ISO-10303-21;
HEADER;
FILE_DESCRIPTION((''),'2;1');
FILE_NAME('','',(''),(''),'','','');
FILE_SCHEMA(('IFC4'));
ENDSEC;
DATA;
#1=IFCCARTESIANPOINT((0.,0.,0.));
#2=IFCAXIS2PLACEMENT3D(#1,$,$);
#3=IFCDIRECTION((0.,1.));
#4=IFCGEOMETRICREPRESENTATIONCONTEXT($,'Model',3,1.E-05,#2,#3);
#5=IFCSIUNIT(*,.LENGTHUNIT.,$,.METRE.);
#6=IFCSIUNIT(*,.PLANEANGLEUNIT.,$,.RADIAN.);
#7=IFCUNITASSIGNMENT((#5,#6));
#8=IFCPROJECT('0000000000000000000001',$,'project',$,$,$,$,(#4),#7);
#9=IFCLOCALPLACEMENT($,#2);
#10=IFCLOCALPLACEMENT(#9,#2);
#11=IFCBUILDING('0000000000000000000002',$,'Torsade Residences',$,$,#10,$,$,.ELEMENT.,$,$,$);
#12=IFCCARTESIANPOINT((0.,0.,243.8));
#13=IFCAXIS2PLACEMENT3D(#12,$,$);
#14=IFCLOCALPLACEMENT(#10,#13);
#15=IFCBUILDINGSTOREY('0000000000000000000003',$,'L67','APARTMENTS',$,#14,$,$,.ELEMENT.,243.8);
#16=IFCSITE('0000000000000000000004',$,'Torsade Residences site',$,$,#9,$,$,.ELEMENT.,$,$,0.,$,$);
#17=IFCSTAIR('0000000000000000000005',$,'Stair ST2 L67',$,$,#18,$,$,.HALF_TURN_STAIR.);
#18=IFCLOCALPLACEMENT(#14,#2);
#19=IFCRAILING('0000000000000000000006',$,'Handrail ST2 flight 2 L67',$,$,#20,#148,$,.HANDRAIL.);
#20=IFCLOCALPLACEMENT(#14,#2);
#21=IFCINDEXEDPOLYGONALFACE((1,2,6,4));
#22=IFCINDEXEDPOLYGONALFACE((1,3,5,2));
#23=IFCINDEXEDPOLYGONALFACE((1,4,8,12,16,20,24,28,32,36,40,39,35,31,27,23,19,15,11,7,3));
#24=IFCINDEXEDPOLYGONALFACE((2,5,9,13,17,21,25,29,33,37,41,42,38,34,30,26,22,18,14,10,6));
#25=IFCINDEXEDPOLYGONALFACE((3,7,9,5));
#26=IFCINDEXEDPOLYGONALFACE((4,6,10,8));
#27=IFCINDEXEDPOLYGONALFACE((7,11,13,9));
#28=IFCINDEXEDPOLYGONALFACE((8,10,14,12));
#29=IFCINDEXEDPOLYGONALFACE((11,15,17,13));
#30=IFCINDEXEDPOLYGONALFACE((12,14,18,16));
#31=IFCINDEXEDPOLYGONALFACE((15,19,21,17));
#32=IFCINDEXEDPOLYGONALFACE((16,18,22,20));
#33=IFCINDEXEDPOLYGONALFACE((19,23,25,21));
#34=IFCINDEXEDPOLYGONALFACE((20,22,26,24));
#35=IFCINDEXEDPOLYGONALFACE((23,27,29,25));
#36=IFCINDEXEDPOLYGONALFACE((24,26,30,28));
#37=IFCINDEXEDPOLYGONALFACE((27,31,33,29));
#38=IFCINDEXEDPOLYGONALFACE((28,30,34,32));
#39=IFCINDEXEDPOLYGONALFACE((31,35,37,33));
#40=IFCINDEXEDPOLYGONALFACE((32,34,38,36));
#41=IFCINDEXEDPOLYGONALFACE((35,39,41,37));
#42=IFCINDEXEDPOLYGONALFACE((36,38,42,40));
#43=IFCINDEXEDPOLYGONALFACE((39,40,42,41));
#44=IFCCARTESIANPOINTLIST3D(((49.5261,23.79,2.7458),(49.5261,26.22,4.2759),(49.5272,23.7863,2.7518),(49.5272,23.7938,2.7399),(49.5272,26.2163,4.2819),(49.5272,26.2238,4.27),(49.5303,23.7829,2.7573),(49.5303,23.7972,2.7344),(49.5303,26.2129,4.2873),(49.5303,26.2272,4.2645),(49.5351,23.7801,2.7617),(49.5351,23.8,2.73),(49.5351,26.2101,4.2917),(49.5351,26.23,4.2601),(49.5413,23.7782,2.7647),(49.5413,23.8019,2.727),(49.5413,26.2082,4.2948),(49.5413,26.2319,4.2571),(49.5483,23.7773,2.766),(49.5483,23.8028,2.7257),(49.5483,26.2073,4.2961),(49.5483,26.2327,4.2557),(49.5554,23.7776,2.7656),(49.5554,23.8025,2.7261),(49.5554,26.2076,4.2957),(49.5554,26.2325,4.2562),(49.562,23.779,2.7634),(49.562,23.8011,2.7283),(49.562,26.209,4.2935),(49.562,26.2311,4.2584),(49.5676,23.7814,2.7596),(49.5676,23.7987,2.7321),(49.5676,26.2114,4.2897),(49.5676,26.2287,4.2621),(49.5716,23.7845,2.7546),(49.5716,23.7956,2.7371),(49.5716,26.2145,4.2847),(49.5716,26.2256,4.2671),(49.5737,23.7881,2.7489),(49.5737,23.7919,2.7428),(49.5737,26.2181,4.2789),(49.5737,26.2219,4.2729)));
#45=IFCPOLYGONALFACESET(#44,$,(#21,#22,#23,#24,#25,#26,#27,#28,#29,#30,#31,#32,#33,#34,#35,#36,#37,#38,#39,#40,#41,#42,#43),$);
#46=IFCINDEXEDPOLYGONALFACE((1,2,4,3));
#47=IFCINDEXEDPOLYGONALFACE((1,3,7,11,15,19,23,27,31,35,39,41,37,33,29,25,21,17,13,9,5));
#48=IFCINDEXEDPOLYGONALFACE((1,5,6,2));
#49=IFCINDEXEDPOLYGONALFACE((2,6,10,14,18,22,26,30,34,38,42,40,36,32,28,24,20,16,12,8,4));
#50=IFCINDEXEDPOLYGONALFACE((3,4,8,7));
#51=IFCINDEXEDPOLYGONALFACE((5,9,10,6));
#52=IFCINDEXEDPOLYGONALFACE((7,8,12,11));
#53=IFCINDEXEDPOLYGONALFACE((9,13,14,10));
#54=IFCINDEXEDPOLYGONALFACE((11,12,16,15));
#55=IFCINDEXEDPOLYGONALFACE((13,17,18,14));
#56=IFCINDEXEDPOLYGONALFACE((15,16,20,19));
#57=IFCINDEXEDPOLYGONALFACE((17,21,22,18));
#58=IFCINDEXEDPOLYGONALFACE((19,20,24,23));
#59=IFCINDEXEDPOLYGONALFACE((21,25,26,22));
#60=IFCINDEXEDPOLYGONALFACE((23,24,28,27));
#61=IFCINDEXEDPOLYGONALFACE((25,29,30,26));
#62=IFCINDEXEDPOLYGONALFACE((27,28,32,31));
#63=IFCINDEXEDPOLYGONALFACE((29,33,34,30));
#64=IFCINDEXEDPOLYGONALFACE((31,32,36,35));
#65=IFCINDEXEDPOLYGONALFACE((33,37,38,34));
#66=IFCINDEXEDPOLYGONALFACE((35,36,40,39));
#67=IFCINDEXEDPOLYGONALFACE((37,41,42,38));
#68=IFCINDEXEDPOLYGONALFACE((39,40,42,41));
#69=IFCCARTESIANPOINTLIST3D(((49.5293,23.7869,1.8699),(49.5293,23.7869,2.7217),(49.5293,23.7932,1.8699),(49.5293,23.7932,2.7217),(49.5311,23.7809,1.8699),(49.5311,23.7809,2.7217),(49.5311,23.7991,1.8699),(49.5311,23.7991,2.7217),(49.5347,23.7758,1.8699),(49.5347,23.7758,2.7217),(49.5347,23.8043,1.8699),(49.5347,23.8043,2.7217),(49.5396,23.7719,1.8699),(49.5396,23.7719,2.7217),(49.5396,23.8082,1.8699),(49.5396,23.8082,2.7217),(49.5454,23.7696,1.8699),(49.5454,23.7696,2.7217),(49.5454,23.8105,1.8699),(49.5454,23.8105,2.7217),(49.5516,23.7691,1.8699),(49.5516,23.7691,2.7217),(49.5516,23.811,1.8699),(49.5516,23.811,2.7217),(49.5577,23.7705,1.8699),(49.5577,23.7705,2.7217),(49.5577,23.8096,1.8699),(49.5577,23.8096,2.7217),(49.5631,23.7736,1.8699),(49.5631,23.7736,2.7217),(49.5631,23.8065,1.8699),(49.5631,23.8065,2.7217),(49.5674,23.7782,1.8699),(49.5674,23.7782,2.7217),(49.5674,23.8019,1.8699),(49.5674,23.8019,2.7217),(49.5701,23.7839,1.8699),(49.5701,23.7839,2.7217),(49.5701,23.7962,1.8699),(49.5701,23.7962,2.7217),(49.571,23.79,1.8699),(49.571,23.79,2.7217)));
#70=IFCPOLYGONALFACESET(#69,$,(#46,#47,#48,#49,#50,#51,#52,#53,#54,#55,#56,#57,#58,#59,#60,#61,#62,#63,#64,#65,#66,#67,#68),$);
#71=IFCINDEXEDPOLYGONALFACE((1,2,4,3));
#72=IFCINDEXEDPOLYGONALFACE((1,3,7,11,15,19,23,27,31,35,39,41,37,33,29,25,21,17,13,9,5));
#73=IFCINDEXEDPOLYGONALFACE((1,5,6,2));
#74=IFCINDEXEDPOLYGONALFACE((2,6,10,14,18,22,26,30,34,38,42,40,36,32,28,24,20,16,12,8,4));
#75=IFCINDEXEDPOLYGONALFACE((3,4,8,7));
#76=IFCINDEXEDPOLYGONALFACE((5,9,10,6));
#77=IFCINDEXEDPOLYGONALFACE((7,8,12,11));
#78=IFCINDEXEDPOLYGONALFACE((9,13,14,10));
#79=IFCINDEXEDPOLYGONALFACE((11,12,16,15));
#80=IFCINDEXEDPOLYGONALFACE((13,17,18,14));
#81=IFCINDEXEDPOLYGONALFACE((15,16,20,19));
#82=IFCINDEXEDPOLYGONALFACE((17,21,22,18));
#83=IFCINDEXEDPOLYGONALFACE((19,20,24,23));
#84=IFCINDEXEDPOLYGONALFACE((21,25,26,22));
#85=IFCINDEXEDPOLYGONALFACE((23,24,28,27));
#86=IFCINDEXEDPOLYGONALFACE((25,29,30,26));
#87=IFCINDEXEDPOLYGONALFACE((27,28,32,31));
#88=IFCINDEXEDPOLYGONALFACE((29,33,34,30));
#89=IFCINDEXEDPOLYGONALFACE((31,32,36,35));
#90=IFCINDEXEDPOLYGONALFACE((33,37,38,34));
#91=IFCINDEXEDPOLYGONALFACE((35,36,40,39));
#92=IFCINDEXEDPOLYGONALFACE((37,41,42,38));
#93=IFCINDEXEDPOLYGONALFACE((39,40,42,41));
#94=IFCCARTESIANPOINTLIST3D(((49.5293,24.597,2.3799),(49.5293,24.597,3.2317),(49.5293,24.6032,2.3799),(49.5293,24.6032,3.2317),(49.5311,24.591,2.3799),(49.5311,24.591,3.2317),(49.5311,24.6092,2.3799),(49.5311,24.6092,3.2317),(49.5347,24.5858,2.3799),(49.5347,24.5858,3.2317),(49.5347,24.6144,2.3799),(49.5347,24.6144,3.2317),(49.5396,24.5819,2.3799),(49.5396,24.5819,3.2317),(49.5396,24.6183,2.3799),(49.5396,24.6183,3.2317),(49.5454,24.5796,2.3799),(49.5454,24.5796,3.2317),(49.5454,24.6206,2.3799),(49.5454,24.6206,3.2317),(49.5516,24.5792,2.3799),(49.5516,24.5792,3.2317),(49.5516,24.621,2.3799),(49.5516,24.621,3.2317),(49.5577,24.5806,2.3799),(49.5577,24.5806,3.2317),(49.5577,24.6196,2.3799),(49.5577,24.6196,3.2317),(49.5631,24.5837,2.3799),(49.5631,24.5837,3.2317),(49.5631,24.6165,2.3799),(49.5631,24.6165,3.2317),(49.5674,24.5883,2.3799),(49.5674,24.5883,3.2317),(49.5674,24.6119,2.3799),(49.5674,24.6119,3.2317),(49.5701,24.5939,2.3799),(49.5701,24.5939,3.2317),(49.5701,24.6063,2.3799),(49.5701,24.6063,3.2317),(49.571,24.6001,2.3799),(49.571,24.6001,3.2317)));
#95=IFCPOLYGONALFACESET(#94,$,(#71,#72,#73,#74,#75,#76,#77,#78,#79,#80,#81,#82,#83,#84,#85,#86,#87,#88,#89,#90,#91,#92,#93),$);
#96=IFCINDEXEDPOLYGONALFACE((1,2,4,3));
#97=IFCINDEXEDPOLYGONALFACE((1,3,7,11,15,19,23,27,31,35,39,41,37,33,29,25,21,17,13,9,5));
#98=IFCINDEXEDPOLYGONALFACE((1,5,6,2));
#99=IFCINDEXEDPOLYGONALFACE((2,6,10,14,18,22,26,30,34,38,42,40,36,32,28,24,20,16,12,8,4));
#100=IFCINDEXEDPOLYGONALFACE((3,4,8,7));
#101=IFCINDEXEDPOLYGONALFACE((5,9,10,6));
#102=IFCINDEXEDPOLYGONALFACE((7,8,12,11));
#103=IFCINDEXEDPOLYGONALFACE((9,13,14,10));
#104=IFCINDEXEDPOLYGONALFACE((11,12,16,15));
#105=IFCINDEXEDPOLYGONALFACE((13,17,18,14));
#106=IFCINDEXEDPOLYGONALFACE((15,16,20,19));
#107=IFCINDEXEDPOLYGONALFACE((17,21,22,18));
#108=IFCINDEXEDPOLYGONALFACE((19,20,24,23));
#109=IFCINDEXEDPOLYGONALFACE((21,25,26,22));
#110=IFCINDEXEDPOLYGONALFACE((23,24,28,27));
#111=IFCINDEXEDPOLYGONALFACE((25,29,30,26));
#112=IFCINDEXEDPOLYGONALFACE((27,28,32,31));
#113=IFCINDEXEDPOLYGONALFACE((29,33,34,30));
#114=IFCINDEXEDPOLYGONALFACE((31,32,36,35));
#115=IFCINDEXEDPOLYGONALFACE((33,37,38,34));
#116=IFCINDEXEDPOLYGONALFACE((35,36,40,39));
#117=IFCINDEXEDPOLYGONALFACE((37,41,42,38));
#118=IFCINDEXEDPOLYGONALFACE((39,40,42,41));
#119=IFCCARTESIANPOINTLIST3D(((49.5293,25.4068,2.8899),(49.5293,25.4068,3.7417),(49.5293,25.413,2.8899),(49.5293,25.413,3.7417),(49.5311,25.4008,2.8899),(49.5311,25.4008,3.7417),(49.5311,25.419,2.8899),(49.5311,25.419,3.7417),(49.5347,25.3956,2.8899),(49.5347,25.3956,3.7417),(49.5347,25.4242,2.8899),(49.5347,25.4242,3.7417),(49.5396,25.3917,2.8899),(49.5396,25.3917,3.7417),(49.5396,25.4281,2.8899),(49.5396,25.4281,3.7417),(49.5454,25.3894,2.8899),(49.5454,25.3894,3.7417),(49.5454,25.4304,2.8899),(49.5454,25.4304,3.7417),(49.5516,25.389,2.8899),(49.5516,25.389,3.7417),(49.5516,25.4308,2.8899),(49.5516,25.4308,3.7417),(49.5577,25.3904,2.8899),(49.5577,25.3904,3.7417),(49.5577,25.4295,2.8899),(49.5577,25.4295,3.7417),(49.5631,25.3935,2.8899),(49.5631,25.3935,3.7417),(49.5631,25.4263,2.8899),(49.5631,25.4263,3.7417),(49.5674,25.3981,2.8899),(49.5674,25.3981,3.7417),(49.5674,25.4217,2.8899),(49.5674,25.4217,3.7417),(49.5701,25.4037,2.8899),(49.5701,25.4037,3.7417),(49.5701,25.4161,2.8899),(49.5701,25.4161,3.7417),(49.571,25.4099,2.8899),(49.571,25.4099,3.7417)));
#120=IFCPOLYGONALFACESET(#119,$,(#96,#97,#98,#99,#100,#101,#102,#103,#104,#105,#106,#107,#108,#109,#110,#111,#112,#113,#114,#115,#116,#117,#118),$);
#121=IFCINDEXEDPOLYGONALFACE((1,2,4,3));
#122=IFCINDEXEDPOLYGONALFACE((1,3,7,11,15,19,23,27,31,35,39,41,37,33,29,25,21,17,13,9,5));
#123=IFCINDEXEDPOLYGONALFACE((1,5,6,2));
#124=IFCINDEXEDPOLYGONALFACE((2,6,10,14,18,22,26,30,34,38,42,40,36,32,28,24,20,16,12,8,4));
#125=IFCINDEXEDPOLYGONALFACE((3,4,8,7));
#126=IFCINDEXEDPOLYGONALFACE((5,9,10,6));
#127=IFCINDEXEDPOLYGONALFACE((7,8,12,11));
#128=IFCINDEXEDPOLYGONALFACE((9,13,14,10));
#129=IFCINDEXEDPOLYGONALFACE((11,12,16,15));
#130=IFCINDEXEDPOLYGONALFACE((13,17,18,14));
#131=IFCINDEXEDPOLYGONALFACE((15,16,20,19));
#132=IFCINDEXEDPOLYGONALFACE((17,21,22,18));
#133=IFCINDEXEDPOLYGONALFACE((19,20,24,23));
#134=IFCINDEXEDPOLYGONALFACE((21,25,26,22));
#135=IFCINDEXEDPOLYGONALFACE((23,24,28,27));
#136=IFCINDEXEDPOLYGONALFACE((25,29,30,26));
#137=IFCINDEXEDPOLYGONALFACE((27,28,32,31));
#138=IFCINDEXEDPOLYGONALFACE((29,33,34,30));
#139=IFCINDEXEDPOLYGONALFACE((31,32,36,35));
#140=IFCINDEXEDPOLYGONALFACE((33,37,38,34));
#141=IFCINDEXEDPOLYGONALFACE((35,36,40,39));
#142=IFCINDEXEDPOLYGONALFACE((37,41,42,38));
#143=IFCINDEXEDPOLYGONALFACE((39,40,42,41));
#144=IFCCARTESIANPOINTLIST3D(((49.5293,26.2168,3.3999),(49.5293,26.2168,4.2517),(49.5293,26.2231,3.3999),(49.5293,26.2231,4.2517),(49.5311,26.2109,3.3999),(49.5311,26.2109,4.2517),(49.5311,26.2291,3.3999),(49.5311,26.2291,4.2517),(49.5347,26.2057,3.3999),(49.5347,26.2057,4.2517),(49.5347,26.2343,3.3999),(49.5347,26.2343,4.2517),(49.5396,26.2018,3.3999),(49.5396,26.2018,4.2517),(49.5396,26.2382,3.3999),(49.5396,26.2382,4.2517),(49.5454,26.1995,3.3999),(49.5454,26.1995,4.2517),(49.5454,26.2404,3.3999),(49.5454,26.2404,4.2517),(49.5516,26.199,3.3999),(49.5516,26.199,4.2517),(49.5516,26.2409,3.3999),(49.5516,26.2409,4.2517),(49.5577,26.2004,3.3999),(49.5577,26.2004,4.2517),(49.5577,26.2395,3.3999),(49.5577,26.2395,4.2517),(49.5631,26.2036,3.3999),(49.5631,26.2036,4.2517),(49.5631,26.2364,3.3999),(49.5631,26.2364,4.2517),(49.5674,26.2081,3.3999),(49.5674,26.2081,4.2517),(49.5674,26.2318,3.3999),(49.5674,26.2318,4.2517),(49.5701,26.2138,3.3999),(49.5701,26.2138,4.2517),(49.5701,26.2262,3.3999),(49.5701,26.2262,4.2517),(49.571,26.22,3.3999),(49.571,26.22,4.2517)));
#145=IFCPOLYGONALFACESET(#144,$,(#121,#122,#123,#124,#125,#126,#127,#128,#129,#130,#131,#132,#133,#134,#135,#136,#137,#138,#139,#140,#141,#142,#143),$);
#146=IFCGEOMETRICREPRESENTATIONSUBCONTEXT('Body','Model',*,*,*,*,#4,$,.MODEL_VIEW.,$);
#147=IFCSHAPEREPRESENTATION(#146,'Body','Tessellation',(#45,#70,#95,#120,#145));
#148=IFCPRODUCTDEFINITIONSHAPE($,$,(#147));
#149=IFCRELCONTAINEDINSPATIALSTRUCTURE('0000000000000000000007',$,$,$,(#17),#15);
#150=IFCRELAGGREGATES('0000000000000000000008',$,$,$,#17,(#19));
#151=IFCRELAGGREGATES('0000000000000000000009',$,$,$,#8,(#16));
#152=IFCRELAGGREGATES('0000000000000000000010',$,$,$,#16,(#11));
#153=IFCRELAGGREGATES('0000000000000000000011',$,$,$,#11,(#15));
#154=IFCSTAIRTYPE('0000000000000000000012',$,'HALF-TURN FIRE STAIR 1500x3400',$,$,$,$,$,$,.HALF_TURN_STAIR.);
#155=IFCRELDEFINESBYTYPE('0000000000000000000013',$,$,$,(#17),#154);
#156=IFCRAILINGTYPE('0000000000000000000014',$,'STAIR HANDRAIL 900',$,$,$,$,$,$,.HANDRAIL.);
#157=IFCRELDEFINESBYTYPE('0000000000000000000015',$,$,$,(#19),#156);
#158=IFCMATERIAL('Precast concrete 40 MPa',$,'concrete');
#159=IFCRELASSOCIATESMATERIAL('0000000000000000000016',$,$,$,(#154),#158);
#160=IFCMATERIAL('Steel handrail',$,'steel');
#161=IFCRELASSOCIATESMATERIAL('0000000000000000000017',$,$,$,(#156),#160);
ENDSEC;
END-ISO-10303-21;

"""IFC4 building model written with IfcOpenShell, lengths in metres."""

from ifc_helpers import new_model, si_unit, direction, frame, origin, origin_2d, place, context, subcontext, project, spatial, circle, extrude, material, type_object, element, aggregate, save


model = new_model("IFC4")

# Units and contexts
model_context = context("Model", 3, precision=1e-05, world=origin(), true_north=direction((0.0, 1.0)))
body_context = subcontext(model_context, "Body", "Model", "MODEL_VIEW")
ifc_project = project(units=[si_unit("LENGTHUNIT", "METRE"), si_unit("PLANEANGLEUNIT", "RADIAN")], contexts=[model_context])

# Site, building, storey
site_placement = place(None, origin())
site = spatial("IfcSite", under=ifc_project, at=site_placement, Name="Torsade Residences site", CompositionType="ELEMENT", RefElevation=0.0)
building_placement = place(site_placement, origin())
building = spatial("IfcBuilding", under=site, at=building_placement, Name="Torsade Residences", CompositionType="ELEMENT")
storey_placement = place(building_placement, frame((0.0, 0.0, 243.8)))
storey = spatial("IfcBuildingStorey", under=building, at=storey_placement, Name="L67", Description="APARTMENTS", CompositionType="ELEMENT", Elevation=243.8)

# Stair, railing
ifc_material_1 = material(Name="Precast concrete 40 MPa", Category="concrete")
stair_type = type_object("IfcStairType", Name="HALF-TURN FIRE STAIR 1500x3400", PredefinedType="HALF_TURN_STAIR", material=ifc_material_1)
stair_placement = place(storey_placement, origin())
stair = element("IfcStair", 1, at=stair_placement, inside=storey, type_object=stair_type, Name="Stair ST2 L67", PredefinedType="HALF_TURN_STAIR")
ifc_material_2 = material(Name="Steel handrail", Category="steel")
railing_type = type_object("IfcRailingType", Name="STAIR HANDRAIL 900", PredefinedType="HANDRAIL", material=ifc_material_2)
railing_1_placement = place(storey_placement, frame((49.55, 23.79, 1.8699)))
railing_1 = element("IfcRailing", 2, at=railing_1_placement, type_object=railing_type, Name="Handrail ST2 flight 2 L67", PredefinedType="HANDRAIL", context=body_context, shape_type="SweptSolid", body=[
    extrude(circle(Radius=0.0239, at=origin_2d()), frame((0.0, 0.0, 0.876), z_axis=(0.0, 0.846221, 0.532831), x_axis=(-1.0, 0.0, 0.0)), (0.0, 0.0, 1.0), 2.8716),
    extrude(circle(Radius=0.021, at=origin_2d()), origin(), (0.0, 0.0, 1.0), 0.8518),
    extrude(circle(Radius=0.021, at=origin_2d()), frame((0.0, 0.8101, 0.51)), (0.0, 0.0, 1.0), 0.8518),
    extrude(circle(Radius=0.021, at=origin_2d()), frame((0.0, 1.6199, 1.02)), (0.0, 0.0, 1.0), 0.8518),
    extrude(circle(Radius=0.021, at=origin_2d()), frame((0.0, 2.4299, 1.53)), (0.0, 0.0, 1.0), 0.8518),
])
aggregate(stair, [railing_1])

save(model, "model.ifc")
